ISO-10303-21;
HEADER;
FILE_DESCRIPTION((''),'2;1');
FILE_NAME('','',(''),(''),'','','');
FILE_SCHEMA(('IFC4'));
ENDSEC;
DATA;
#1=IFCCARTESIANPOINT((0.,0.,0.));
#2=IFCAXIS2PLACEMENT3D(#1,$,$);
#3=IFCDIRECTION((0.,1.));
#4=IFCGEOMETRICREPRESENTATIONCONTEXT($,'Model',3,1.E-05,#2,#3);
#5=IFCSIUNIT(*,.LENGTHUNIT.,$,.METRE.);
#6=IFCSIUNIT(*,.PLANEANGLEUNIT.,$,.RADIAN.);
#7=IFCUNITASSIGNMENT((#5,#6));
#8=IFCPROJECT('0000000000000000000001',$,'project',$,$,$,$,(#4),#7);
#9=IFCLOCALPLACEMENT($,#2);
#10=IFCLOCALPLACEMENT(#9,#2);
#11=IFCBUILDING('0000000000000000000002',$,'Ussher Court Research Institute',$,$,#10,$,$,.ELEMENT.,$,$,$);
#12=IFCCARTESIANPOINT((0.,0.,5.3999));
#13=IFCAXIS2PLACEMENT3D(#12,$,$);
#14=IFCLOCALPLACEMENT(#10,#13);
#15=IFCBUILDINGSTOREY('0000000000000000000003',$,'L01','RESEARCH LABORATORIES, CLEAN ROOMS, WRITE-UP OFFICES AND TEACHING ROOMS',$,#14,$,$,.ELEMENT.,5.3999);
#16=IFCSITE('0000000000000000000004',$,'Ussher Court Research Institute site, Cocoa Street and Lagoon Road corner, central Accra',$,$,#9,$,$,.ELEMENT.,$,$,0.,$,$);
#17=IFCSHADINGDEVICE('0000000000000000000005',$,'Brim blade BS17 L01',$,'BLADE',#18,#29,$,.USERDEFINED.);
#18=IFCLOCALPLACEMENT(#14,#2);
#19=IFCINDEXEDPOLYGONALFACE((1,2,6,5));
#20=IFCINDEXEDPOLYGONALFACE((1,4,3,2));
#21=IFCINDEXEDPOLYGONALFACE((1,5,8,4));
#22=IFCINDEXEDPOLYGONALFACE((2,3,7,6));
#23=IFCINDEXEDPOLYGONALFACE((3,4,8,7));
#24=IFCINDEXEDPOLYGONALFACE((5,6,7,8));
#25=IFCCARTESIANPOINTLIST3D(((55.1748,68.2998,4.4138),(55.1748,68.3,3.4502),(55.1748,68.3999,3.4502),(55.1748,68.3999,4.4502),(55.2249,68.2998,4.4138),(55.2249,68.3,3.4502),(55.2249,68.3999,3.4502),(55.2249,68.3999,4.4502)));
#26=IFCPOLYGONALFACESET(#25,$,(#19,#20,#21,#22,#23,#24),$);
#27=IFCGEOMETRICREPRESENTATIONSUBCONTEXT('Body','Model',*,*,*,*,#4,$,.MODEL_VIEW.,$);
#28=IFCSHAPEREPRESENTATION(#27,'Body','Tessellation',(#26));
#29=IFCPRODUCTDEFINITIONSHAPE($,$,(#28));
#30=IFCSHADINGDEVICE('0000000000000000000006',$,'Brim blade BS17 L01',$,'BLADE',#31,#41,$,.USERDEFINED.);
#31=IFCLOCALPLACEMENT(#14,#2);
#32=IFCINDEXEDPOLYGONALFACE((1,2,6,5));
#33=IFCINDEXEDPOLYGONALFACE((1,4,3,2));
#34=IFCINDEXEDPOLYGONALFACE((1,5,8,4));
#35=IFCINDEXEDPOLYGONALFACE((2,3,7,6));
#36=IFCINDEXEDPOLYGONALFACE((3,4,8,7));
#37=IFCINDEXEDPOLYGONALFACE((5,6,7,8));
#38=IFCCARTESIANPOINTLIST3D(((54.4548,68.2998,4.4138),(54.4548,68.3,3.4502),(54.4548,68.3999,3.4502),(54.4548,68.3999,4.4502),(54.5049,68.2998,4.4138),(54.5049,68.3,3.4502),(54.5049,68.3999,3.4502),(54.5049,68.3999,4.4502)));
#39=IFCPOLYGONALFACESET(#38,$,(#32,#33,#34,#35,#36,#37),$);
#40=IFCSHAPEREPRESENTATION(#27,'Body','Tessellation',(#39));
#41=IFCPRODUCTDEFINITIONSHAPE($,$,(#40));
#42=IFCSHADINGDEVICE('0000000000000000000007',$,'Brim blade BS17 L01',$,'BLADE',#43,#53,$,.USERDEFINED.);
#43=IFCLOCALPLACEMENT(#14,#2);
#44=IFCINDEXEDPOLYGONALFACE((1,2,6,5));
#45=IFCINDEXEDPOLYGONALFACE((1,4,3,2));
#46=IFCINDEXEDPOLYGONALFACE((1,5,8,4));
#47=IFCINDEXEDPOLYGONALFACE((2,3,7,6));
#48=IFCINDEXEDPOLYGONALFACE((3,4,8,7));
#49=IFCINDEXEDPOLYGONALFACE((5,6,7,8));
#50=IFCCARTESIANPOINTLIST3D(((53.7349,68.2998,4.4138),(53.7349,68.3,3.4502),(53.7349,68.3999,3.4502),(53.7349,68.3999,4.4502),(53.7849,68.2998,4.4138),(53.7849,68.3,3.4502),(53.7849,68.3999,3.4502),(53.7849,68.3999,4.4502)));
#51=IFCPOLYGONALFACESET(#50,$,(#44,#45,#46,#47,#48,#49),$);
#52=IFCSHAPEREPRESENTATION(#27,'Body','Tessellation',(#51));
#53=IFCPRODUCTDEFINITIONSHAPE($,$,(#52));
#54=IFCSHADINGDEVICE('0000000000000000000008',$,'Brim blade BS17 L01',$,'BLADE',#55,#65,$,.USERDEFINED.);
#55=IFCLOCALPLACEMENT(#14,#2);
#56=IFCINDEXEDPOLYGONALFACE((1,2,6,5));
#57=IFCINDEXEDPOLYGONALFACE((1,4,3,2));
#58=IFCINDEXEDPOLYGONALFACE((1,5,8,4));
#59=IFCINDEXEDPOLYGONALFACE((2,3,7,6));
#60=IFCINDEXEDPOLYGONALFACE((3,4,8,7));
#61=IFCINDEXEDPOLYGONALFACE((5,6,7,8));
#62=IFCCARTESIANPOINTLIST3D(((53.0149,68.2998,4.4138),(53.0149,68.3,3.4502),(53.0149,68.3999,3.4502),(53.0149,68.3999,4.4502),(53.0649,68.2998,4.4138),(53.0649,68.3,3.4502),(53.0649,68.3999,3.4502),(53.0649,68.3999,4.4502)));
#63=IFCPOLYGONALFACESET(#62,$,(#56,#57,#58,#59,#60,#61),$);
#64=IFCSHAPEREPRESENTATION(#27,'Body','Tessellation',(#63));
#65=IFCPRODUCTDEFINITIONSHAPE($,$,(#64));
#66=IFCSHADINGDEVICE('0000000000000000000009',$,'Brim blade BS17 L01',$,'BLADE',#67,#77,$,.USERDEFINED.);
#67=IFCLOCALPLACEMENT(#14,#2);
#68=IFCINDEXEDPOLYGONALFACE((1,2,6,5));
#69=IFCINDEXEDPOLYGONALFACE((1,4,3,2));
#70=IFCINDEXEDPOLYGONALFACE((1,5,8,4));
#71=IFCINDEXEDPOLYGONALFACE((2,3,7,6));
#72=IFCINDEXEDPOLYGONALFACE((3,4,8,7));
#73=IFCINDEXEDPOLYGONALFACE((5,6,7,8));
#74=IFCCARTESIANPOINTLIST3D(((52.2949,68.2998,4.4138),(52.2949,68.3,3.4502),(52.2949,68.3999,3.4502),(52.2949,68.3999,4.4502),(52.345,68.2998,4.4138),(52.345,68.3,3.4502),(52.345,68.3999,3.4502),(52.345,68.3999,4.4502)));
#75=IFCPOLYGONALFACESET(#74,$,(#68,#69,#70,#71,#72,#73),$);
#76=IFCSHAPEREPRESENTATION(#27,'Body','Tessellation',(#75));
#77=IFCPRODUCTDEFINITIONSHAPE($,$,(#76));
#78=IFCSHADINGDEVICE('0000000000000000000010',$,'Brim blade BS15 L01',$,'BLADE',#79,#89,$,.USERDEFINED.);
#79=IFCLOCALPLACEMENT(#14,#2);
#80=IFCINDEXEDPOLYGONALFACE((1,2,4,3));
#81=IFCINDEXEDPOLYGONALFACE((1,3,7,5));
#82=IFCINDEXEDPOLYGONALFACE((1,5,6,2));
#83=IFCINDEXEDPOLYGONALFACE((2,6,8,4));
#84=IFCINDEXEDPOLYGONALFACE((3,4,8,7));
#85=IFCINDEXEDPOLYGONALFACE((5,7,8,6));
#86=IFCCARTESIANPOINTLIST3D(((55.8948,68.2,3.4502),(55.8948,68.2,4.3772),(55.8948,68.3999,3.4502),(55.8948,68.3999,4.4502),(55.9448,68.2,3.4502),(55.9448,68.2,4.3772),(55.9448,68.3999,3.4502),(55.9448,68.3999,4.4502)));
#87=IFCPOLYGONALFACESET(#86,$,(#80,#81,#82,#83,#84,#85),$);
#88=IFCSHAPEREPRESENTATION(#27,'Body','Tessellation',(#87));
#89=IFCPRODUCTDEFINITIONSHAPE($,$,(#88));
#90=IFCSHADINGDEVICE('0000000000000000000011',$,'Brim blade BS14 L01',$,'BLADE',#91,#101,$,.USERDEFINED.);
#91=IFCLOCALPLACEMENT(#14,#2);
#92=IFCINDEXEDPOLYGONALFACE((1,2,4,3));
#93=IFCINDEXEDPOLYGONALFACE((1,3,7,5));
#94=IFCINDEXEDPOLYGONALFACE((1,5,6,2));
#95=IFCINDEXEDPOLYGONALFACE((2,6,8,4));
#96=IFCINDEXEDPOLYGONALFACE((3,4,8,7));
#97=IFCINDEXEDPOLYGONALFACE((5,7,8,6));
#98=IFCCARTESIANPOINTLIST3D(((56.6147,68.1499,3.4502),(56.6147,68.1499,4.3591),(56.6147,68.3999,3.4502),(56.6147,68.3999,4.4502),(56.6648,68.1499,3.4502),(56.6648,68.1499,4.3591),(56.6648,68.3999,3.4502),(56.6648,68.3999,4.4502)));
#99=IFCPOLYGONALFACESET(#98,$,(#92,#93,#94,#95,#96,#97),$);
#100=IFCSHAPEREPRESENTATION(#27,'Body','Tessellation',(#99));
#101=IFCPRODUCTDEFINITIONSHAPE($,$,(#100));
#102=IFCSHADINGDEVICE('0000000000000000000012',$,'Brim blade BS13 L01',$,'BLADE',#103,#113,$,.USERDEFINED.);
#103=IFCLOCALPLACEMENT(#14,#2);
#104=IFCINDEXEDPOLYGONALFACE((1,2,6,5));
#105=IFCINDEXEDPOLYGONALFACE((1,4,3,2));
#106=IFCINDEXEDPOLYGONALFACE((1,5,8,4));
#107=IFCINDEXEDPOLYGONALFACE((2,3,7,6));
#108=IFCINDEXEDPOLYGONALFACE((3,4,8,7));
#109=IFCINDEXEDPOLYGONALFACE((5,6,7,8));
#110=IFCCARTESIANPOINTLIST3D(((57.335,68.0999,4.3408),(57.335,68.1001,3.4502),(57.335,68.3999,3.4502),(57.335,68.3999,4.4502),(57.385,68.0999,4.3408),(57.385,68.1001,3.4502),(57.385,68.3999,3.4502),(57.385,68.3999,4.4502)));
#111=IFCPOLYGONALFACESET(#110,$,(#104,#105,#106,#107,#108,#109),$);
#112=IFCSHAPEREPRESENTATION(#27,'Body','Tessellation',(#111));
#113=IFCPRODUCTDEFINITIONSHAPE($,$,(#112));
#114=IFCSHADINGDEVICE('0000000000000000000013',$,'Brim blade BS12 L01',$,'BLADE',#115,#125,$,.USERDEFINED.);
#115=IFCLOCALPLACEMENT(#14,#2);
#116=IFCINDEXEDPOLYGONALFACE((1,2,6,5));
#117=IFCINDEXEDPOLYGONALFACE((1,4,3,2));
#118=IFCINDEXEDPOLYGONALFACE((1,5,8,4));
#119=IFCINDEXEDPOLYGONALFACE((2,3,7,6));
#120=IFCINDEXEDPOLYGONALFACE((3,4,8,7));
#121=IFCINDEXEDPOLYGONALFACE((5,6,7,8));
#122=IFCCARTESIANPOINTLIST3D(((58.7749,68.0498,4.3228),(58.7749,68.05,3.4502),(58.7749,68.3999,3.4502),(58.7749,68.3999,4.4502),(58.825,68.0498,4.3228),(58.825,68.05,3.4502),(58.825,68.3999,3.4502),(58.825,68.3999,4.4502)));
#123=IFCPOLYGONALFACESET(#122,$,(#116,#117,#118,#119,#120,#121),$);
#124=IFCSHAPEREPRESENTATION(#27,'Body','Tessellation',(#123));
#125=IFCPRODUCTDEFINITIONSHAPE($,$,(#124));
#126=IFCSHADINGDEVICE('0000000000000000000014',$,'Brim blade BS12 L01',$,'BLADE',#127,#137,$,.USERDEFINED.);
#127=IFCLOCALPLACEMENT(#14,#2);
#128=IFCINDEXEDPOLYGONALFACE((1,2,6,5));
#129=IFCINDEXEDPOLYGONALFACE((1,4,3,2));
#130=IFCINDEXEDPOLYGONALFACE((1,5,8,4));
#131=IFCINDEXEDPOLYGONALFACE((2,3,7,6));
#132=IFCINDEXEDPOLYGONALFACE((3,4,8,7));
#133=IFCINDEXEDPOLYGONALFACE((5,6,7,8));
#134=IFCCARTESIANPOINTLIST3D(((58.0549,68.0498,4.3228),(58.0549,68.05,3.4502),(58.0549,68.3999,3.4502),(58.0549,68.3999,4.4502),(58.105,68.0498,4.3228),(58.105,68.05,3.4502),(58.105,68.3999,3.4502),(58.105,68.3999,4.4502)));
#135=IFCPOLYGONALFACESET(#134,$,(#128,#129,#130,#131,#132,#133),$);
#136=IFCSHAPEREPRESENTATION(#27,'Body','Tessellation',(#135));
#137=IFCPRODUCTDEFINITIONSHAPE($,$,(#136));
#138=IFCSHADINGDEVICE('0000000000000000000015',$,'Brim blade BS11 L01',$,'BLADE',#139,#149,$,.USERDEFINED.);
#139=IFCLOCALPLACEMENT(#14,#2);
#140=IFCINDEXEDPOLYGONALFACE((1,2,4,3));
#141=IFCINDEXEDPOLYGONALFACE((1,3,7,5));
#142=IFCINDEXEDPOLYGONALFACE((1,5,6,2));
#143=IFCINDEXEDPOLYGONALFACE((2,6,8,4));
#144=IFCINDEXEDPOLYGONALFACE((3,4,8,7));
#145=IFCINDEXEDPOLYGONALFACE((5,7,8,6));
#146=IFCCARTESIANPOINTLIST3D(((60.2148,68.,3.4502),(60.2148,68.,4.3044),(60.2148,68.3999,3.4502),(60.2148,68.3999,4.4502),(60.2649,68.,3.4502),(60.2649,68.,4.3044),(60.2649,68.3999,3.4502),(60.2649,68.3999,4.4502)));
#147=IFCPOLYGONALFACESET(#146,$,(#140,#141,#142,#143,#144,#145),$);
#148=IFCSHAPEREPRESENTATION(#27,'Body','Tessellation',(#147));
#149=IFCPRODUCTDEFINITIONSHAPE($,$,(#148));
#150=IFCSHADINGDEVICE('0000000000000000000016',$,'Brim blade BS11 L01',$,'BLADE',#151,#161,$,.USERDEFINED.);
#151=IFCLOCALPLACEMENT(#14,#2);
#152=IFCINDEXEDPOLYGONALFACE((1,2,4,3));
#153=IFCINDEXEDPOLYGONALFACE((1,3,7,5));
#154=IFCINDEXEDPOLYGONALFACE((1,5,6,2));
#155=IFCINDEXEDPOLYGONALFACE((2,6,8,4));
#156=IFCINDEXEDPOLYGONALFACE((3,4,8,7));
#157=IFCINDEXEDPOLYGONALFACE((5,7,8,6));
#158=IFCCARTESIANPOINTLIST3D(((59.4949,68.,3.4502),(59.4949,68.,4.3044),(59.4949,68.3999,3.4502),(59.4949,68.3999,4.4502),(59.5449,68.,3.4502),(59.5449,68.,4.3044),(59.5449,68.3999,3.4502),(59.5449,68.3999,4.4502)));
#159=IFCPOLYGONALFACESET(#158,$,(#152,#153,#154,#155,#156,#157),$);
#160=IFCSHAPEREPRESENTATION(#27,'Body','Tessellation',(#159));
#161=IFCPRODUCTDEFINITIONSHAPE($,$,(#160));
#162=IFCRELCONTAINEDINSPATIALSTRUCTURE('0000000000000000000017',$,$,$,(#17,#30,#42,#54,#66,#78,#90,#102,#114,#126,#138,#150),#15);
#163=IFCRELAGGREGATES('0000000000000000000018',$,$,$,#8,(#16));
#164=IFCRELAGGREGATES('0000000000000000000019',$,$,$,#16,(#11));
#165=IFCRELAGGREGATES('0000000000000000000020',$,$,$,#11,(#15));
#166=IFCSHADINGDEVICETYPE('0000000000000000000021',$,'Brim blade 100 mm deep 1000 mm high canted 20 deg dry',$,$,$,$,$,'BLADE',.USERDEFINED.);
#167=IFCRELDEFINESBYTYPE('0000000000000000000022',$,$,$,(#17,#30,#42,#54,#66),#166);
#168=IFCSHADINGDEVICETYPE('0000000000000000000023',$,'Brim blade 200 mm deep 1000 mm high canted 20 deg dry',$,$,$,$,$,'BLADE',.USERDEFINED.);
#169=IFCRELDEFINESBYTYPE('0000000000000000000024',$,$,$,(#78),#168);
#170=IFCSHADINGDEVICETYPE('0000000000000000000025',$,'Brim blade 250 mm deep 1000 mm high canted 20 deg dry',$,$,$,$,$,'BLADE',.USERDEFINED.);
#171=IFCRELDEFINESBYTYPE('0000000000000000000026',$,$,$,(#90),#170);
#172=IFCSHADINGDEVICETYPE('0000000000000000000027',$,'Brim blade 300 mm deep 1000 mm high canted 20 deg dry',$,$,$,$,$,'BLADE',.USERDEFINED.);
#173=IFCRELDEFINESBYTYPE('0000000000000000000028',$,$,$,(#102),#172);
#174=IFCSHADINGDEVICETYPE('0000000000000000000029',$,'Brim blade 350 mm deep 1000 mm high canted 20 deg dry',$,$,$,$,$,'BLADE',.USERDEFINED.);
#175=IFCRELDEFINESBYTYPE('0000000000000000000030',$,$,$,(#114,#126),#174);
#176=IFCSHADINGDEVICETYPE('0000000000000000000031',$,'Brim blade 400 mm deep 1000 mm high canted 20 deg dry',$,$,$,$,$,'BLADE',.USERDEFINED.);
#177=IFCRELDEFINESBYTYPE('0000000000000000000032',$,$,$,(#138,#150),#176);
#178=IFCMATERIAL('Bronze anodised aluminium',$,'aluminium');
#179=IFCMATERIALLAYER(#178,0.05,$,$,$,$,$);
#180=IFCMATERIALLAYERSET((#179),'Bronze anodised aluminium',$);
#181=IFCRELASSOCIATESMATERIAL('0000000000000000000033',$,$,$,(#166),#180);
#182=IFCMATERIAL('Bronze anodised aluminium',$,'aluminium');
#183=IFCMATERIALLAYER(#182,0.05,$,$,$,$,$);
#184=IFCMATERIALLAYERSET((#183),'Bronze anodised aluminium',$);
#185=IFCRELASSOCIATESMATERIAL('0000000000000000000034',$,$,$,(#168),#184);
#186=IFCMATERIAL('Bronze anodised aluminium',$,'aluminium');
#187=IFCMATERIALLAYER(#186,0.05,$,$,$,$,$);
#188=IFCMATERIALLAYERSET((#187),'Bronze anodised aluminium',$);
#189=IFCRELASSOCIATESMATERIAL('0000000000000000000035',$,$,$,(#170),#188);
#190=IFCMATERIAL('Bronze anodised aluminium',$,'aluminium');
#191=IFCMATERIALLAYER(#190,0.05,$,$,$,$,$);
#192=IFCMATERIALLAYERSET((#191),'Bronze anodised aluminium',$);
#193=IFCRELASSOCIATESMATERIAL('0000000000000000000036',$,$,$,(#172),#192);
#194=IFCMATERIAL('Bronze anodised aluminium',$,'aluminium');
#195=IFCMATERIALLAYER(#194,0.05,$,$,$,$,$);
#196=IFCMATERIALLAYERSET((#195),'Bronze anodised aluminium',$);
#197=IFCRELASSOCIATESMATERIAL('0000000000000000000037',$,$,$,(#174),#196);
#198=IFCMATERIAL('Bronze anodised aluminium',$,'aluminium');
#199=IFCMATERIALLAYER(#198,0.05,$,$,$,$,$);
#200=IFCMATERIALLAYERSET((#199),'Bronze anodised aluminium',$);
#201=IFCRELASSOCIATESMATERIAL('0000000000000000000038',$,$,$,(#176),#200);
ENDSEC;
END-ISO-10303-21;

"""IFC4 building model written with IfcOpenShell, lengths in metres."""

from ifc_helpers import new_model, si_unit, direction, frame, origin, place, context, subcontext, project, spatial, polyline, outline, extrude, material, layer, layer_set, type_object, element, save


model = new_model("IFC4")

# Units and contexts
model_context = context("Model", 3, precision=1e-05, world=origin(), true_north=direction((0.0, 1.0)))
body_context = subcontext(model_context, "Body", "Model", "MODEL_VIEW")
ifc_project = project(units=[si_unit("LENGTHUNIT", "METRE"), si_unit("PLANEANGLEUNIT", "RADIAN")], contexts=[model_context])

# Site, building, storey
site_placement = place(None, origin())
site = spatial("IfcSite", under=ifc_project, at=site_placement, Name="Ussher Court Research Institute site, Cocoa Street and Lagoon Road corner, central Accra", CompositionType="ELEMENT", RefElevation=0.0)
building_placement = place(site_placement, origin())
building = spatial("IfcBuilding", under=site, at=building_placement, Name="Ussher Court Research Institute", CompositionType="ELEMENT")
storey_placement = place(building_placement, frame((0.0, 0.0, 5.3999)))
storey = spatial("IfcBuildingStorey", under=building, at=storey_placement, Name="L01", Description="RESEARCH LABORATORIES, CLEAN ROOMS, WRITE-UP OFFICES AND TEACHING ROOMS", CompositionType="ELEMENT", Elevation=5.3999)

# Shading devices
ifc_material_1 = material(Name="Bronze anodised aluminium", Category="aluminium")
ifc_layer_1 = layer(ifc_material_1, 0.05)
ifc_layer_set_1 = layer_set([ifc_layer_1], Name="Bronze anodised aluminium")
shading_device_type_1 = type_object("IfcShadingDeviceType", Name="Brim blade 100 mm deep 1000 mm high canted 20 deg dry", ElementType="BLADE", PredefinedType="USERDEFINED", material=ifc_layer_set_1)
for number, where, z_axis, x_axis, name in (
    (1, (55.2, 68.3999, 3.4502), (0.0, 0.0, 1.0), (0.0, -1.0, 0.0), "Brim blade BS17 L01"),
    (2, (54.48, 68.3999, 3.4502), (0.0, 0.0, 1.0), (0.0, -1.0, 0.0), "Brim blade BS17 L01"),
    (3, (53.76, 68.3999, 3.4502), (0.0, 0.0, 1.0), (0.0, -1.0, 0.0), "Brim blade BS17 L01"),
    (4, (53.04, 68.3999, 3.4502), (0.0, 0.0, 1.0), (0.0, -1.0, 0.0), "Brim blade BS17 L01"),
    (5, (52.3201, 68.3999, 3.4502), (0.0, 0.0, 1.0), (0.0, -1.0, 0.0), "Brim blade BS17 L01"),
):
    element("IfcShadingDevice", number, at=place(storey_placement, frame(where, z_axis=z_axis, x_axis=x_axis)), inside=storey, type_object=shading_device_type_1, Name=name, ObjectType="BLADE", PredefinedType="USERDEFINED", context=body_context, shape_type="SweptSolid", body=[
        extrude(outline(polyline([(0.0, 0.0), (0.0999, 0.0), (0.1001, 0.9636), (0.0, 1.0), (0.0, 0.0)])), frame((0.0, 0.0249, 0.0), z_axis=(0.0, -1.0, 0.0), x_axis=(1.0, 0.0, 0.0)), (0.0, 0.0, 1.0), 0.05),
    ])
ifc_material_2 = material(Name="Bronze anodised aluminium", Category="aluminium")
ifc_layer_2 = layer(ifc_material_2, 0.05)
ifc_layer_set_2 = layer_set([ifc_layer_2], Name="Bronze anodised aluminium")
shading_device_type_2 = type_object("IfcShadingDeviceType", Name="Brim blade 200 mm deep 1000 mm high canted 20 deg dry", ElementType="BLADE", PredefinedType="USERDEFINED", material=ifc_layer_set_2)
shading_device_1_placement = place(storey_placement, frame((55.9199, 68.3999, 3.4502), z_axis=(0.0, 0.0, 1.0), x_axis=(0.0, -1.0, 0.0)))
element("IfcShadingDevice", 6, at=shading_device_1_placement, inside=storey, type_object=shading_device_type_2, Name="Brim blade BS15 L01", ObjectType="BLADE", PredefinedType="USERDEFINED", context=body_context, shape_type="SweptSolid", body=[
    extrude(outline(polyline([(0.0, 0.0), (0.2, 0.0), (0.2, 0.927), (0.0, 1.0), (0.0, 0.0)])), frame((0.0, 0.0249, 0.0), z_axis=(0.0, -1.0, 0.0), x_axis=(1.0, 0.0, 0.0)), (0.0, 0.0, 1.0), 0.05),
])
ifc_material_3 = material(Name="Bronze anodised aluminium", Category="aluminium")
ifc_layer_3 = layer(ifc_material_3, 0.05)
ifc_layer_set_3 = layer_set([ifc_layer_3], Name="Bronze anodised aluminium")
shading_device_type_3 = type_object("IfcShadingDeviceType", Name="Brim blade 250 mm deep 1000 mm high canted 20 deg dry", ElementType="BLADE", PredefinedType="USERDEFINED", material=ifc_layer_set_3)
shading_device_2_placement = place(storey_placement, frame((56.6399, 68.3999, 3.4502), z_axis=(0.0, 0.0, 1.0), x_axis=(0.0, -1.0, 0.0)))
element("IfcShadingDevice", 7, at=shading_device_2_placement, inside=storey, type_object=shading_device_type_3, Name="Brim blade BS14 L01", ObjectType="BLADE", PredefinedType="USERDEFINED", context=body_context, shape_type="SweptSolid", body=[
    extrude(outline(polyline([(0.0, 0.0), (0.25, 0.0), (0.25, 0.9089), (0.0, 1.0), (0.0, 0.0)])), frame((0.0, 0.0249, 0.0), z_axis=(0.0, -1.0, 0.0), x_axis=(1.0, 0.0, 0.0)), (0.0, 0.0, 1.0), 0.05),
])
ifc_material_4 = material(Name="Bronze anodised aluminium", Category="aluminium")
ifc_layer_4 = layer(ifc_material_4, 0.05)
ifc_layer_set_4 = layer_set([ifc_layer_4], Name="Bronze anodised aluminium")
shading_device_type_4 = type_object("IfcShadingDeviceType", Name="Brim blade 300 mm deep 1000 mm high canted 20 deg dry", ElementType="BLADE", PredefinedType="USERDEFINED", material=ifc_layer_set_4)
shading_device_3_placement = place(storey_placement, frame((57.3601, 68.3999, 3.4502), z_axis=(0.0, 0.0, 1.0), x_axis=(0.0, -1.0, 0.0)))
element("IfcShadingDevice", 8, at=shading_device_3_placement, inside=storey, type_object=shading_device_type_4, Name="Brim blade BS13 L01", ObjectType="BLADE", PredefinedType="USERDEFINED", context=body_context, shape_type="SweptSolid", body=[
    extrude(outline(polyline([(0.0, 0.0), (0.2998, 0.0), (0.3, 0.8906), (0.0, 1.0), (0.0, 0.0)])), frame((0.0, 0.0249, 0.0), z_axis=(0.0, -1.0, 0.0), x_axis=(1.0, 0.0, 0.0)), (0.0, 0.0, 1.0), 0.05),
])
ifc_material_5 = material(Name="Bronze anodised aluminium", Category="aluminium")
ifc_layer_5 = layer(ifc_material_5, 0.05)
ifc_layer_set_5 = layer_set([ifc_layer_5], Name="Bronze anodised aluminium")
shading_device_type_5 = type_object("IfcShadingDeviceType", Name="Brim blade 350 mm deep 1000 mm high canted 20 deg dry", ElementType="BLADE", PredefinedType="USERDEFINED", material=ifc_layer_set_5)
for number, where, z_axis, x_axis, name in (
    (9, (58.8, 68.3999, 3.4502), (0.0, 0.0, 1.0), (0.0, -1.0, 0.0), "Brim blade BS12 L01"),
    (10, (58.0801, 68.3999, 3.4502), (0.0, 0.0, 1.0), (0.0, -1.0, 0.0), "Brim blade BS12 L01"),
):
    element("IfcShadingDevice", number, at=place(storey_placement, frame(where, z_axis=z_axis, x_axis=x_axis)), inside=storey, type_object=shading_device_type_5, Name=name, ObjectType="BLADE", PredefinedType="USERDEFINED", context=body_context, shape_type="SweptSolid", body=[
        extrude(outline(polyline([(0.0, 0.0), (0.3499, 0.0), (0.3501, 0.8726), (0.0, 1.0), (0.0, 0.0)])), frame((0.0, 0.0249, 0.0), z_axis=(0.0, -1.0, 0.0), x_axis=(1.0, 0.0, 0.0)), (0.0, 0.0, 1.0), 0.05),
    ])
ifc_material_6 = material(Name="Bronze anodised aluminium", Category="aluminium")
ifc_layer_6 = layer(ifc_material_6, 0.05)
ifc_layer_set_6 = layer_set([ifc_layer_6], Name="Bronze anodised aluminium")
shading_device_type_6 = type_object("IfcShadingDeviceType", Name="Brim blade 400 mm deep 1000 mm high canted 20 deg dry", ElementType="BLADE", PredefinedType="USERDEFINED", material=ifc_layer_set_6)
for number, where, z_axis, x_axis, name in (
    (11, (60.24, 68.3999, 3.4502), (0.0, 0.0, 1.0), (0.0, -1.0, 0.0), "Brim blade BS11 L01"),
    (12, (59.52, 68.3999, 3.4502), (0.0, 0.0, 1.0), (0.0, -1.0, 0.0), "Brim blade BS11 L01"),
):
    element("IfcShadingDevice", number, at=place(storey_placement, frame(where, z_axis=z_axis, x_axis=x_axis)), inside=storey, type_object=shading_device_type_6, Name=name, ObjectType="BLADE", PredefinedType="USERDEFINED", context=body_context, shape_type="SweptSolid", body=[
        extrude(outline(polyline([(0.0, 0.0), (0.3999, 0.0), (0.3999, 0.8542), (0.0, 1.0), (0.0, 0.0)])), frame((0.0, 0.0249, 0.0), z_axis=(0.0, -1.0, 0.0), x_axis=(1.0, 0.0, 0.0)), (0.0, 0.0, 1.0), 0.05),
    ])

save(model, "model.ifc")
